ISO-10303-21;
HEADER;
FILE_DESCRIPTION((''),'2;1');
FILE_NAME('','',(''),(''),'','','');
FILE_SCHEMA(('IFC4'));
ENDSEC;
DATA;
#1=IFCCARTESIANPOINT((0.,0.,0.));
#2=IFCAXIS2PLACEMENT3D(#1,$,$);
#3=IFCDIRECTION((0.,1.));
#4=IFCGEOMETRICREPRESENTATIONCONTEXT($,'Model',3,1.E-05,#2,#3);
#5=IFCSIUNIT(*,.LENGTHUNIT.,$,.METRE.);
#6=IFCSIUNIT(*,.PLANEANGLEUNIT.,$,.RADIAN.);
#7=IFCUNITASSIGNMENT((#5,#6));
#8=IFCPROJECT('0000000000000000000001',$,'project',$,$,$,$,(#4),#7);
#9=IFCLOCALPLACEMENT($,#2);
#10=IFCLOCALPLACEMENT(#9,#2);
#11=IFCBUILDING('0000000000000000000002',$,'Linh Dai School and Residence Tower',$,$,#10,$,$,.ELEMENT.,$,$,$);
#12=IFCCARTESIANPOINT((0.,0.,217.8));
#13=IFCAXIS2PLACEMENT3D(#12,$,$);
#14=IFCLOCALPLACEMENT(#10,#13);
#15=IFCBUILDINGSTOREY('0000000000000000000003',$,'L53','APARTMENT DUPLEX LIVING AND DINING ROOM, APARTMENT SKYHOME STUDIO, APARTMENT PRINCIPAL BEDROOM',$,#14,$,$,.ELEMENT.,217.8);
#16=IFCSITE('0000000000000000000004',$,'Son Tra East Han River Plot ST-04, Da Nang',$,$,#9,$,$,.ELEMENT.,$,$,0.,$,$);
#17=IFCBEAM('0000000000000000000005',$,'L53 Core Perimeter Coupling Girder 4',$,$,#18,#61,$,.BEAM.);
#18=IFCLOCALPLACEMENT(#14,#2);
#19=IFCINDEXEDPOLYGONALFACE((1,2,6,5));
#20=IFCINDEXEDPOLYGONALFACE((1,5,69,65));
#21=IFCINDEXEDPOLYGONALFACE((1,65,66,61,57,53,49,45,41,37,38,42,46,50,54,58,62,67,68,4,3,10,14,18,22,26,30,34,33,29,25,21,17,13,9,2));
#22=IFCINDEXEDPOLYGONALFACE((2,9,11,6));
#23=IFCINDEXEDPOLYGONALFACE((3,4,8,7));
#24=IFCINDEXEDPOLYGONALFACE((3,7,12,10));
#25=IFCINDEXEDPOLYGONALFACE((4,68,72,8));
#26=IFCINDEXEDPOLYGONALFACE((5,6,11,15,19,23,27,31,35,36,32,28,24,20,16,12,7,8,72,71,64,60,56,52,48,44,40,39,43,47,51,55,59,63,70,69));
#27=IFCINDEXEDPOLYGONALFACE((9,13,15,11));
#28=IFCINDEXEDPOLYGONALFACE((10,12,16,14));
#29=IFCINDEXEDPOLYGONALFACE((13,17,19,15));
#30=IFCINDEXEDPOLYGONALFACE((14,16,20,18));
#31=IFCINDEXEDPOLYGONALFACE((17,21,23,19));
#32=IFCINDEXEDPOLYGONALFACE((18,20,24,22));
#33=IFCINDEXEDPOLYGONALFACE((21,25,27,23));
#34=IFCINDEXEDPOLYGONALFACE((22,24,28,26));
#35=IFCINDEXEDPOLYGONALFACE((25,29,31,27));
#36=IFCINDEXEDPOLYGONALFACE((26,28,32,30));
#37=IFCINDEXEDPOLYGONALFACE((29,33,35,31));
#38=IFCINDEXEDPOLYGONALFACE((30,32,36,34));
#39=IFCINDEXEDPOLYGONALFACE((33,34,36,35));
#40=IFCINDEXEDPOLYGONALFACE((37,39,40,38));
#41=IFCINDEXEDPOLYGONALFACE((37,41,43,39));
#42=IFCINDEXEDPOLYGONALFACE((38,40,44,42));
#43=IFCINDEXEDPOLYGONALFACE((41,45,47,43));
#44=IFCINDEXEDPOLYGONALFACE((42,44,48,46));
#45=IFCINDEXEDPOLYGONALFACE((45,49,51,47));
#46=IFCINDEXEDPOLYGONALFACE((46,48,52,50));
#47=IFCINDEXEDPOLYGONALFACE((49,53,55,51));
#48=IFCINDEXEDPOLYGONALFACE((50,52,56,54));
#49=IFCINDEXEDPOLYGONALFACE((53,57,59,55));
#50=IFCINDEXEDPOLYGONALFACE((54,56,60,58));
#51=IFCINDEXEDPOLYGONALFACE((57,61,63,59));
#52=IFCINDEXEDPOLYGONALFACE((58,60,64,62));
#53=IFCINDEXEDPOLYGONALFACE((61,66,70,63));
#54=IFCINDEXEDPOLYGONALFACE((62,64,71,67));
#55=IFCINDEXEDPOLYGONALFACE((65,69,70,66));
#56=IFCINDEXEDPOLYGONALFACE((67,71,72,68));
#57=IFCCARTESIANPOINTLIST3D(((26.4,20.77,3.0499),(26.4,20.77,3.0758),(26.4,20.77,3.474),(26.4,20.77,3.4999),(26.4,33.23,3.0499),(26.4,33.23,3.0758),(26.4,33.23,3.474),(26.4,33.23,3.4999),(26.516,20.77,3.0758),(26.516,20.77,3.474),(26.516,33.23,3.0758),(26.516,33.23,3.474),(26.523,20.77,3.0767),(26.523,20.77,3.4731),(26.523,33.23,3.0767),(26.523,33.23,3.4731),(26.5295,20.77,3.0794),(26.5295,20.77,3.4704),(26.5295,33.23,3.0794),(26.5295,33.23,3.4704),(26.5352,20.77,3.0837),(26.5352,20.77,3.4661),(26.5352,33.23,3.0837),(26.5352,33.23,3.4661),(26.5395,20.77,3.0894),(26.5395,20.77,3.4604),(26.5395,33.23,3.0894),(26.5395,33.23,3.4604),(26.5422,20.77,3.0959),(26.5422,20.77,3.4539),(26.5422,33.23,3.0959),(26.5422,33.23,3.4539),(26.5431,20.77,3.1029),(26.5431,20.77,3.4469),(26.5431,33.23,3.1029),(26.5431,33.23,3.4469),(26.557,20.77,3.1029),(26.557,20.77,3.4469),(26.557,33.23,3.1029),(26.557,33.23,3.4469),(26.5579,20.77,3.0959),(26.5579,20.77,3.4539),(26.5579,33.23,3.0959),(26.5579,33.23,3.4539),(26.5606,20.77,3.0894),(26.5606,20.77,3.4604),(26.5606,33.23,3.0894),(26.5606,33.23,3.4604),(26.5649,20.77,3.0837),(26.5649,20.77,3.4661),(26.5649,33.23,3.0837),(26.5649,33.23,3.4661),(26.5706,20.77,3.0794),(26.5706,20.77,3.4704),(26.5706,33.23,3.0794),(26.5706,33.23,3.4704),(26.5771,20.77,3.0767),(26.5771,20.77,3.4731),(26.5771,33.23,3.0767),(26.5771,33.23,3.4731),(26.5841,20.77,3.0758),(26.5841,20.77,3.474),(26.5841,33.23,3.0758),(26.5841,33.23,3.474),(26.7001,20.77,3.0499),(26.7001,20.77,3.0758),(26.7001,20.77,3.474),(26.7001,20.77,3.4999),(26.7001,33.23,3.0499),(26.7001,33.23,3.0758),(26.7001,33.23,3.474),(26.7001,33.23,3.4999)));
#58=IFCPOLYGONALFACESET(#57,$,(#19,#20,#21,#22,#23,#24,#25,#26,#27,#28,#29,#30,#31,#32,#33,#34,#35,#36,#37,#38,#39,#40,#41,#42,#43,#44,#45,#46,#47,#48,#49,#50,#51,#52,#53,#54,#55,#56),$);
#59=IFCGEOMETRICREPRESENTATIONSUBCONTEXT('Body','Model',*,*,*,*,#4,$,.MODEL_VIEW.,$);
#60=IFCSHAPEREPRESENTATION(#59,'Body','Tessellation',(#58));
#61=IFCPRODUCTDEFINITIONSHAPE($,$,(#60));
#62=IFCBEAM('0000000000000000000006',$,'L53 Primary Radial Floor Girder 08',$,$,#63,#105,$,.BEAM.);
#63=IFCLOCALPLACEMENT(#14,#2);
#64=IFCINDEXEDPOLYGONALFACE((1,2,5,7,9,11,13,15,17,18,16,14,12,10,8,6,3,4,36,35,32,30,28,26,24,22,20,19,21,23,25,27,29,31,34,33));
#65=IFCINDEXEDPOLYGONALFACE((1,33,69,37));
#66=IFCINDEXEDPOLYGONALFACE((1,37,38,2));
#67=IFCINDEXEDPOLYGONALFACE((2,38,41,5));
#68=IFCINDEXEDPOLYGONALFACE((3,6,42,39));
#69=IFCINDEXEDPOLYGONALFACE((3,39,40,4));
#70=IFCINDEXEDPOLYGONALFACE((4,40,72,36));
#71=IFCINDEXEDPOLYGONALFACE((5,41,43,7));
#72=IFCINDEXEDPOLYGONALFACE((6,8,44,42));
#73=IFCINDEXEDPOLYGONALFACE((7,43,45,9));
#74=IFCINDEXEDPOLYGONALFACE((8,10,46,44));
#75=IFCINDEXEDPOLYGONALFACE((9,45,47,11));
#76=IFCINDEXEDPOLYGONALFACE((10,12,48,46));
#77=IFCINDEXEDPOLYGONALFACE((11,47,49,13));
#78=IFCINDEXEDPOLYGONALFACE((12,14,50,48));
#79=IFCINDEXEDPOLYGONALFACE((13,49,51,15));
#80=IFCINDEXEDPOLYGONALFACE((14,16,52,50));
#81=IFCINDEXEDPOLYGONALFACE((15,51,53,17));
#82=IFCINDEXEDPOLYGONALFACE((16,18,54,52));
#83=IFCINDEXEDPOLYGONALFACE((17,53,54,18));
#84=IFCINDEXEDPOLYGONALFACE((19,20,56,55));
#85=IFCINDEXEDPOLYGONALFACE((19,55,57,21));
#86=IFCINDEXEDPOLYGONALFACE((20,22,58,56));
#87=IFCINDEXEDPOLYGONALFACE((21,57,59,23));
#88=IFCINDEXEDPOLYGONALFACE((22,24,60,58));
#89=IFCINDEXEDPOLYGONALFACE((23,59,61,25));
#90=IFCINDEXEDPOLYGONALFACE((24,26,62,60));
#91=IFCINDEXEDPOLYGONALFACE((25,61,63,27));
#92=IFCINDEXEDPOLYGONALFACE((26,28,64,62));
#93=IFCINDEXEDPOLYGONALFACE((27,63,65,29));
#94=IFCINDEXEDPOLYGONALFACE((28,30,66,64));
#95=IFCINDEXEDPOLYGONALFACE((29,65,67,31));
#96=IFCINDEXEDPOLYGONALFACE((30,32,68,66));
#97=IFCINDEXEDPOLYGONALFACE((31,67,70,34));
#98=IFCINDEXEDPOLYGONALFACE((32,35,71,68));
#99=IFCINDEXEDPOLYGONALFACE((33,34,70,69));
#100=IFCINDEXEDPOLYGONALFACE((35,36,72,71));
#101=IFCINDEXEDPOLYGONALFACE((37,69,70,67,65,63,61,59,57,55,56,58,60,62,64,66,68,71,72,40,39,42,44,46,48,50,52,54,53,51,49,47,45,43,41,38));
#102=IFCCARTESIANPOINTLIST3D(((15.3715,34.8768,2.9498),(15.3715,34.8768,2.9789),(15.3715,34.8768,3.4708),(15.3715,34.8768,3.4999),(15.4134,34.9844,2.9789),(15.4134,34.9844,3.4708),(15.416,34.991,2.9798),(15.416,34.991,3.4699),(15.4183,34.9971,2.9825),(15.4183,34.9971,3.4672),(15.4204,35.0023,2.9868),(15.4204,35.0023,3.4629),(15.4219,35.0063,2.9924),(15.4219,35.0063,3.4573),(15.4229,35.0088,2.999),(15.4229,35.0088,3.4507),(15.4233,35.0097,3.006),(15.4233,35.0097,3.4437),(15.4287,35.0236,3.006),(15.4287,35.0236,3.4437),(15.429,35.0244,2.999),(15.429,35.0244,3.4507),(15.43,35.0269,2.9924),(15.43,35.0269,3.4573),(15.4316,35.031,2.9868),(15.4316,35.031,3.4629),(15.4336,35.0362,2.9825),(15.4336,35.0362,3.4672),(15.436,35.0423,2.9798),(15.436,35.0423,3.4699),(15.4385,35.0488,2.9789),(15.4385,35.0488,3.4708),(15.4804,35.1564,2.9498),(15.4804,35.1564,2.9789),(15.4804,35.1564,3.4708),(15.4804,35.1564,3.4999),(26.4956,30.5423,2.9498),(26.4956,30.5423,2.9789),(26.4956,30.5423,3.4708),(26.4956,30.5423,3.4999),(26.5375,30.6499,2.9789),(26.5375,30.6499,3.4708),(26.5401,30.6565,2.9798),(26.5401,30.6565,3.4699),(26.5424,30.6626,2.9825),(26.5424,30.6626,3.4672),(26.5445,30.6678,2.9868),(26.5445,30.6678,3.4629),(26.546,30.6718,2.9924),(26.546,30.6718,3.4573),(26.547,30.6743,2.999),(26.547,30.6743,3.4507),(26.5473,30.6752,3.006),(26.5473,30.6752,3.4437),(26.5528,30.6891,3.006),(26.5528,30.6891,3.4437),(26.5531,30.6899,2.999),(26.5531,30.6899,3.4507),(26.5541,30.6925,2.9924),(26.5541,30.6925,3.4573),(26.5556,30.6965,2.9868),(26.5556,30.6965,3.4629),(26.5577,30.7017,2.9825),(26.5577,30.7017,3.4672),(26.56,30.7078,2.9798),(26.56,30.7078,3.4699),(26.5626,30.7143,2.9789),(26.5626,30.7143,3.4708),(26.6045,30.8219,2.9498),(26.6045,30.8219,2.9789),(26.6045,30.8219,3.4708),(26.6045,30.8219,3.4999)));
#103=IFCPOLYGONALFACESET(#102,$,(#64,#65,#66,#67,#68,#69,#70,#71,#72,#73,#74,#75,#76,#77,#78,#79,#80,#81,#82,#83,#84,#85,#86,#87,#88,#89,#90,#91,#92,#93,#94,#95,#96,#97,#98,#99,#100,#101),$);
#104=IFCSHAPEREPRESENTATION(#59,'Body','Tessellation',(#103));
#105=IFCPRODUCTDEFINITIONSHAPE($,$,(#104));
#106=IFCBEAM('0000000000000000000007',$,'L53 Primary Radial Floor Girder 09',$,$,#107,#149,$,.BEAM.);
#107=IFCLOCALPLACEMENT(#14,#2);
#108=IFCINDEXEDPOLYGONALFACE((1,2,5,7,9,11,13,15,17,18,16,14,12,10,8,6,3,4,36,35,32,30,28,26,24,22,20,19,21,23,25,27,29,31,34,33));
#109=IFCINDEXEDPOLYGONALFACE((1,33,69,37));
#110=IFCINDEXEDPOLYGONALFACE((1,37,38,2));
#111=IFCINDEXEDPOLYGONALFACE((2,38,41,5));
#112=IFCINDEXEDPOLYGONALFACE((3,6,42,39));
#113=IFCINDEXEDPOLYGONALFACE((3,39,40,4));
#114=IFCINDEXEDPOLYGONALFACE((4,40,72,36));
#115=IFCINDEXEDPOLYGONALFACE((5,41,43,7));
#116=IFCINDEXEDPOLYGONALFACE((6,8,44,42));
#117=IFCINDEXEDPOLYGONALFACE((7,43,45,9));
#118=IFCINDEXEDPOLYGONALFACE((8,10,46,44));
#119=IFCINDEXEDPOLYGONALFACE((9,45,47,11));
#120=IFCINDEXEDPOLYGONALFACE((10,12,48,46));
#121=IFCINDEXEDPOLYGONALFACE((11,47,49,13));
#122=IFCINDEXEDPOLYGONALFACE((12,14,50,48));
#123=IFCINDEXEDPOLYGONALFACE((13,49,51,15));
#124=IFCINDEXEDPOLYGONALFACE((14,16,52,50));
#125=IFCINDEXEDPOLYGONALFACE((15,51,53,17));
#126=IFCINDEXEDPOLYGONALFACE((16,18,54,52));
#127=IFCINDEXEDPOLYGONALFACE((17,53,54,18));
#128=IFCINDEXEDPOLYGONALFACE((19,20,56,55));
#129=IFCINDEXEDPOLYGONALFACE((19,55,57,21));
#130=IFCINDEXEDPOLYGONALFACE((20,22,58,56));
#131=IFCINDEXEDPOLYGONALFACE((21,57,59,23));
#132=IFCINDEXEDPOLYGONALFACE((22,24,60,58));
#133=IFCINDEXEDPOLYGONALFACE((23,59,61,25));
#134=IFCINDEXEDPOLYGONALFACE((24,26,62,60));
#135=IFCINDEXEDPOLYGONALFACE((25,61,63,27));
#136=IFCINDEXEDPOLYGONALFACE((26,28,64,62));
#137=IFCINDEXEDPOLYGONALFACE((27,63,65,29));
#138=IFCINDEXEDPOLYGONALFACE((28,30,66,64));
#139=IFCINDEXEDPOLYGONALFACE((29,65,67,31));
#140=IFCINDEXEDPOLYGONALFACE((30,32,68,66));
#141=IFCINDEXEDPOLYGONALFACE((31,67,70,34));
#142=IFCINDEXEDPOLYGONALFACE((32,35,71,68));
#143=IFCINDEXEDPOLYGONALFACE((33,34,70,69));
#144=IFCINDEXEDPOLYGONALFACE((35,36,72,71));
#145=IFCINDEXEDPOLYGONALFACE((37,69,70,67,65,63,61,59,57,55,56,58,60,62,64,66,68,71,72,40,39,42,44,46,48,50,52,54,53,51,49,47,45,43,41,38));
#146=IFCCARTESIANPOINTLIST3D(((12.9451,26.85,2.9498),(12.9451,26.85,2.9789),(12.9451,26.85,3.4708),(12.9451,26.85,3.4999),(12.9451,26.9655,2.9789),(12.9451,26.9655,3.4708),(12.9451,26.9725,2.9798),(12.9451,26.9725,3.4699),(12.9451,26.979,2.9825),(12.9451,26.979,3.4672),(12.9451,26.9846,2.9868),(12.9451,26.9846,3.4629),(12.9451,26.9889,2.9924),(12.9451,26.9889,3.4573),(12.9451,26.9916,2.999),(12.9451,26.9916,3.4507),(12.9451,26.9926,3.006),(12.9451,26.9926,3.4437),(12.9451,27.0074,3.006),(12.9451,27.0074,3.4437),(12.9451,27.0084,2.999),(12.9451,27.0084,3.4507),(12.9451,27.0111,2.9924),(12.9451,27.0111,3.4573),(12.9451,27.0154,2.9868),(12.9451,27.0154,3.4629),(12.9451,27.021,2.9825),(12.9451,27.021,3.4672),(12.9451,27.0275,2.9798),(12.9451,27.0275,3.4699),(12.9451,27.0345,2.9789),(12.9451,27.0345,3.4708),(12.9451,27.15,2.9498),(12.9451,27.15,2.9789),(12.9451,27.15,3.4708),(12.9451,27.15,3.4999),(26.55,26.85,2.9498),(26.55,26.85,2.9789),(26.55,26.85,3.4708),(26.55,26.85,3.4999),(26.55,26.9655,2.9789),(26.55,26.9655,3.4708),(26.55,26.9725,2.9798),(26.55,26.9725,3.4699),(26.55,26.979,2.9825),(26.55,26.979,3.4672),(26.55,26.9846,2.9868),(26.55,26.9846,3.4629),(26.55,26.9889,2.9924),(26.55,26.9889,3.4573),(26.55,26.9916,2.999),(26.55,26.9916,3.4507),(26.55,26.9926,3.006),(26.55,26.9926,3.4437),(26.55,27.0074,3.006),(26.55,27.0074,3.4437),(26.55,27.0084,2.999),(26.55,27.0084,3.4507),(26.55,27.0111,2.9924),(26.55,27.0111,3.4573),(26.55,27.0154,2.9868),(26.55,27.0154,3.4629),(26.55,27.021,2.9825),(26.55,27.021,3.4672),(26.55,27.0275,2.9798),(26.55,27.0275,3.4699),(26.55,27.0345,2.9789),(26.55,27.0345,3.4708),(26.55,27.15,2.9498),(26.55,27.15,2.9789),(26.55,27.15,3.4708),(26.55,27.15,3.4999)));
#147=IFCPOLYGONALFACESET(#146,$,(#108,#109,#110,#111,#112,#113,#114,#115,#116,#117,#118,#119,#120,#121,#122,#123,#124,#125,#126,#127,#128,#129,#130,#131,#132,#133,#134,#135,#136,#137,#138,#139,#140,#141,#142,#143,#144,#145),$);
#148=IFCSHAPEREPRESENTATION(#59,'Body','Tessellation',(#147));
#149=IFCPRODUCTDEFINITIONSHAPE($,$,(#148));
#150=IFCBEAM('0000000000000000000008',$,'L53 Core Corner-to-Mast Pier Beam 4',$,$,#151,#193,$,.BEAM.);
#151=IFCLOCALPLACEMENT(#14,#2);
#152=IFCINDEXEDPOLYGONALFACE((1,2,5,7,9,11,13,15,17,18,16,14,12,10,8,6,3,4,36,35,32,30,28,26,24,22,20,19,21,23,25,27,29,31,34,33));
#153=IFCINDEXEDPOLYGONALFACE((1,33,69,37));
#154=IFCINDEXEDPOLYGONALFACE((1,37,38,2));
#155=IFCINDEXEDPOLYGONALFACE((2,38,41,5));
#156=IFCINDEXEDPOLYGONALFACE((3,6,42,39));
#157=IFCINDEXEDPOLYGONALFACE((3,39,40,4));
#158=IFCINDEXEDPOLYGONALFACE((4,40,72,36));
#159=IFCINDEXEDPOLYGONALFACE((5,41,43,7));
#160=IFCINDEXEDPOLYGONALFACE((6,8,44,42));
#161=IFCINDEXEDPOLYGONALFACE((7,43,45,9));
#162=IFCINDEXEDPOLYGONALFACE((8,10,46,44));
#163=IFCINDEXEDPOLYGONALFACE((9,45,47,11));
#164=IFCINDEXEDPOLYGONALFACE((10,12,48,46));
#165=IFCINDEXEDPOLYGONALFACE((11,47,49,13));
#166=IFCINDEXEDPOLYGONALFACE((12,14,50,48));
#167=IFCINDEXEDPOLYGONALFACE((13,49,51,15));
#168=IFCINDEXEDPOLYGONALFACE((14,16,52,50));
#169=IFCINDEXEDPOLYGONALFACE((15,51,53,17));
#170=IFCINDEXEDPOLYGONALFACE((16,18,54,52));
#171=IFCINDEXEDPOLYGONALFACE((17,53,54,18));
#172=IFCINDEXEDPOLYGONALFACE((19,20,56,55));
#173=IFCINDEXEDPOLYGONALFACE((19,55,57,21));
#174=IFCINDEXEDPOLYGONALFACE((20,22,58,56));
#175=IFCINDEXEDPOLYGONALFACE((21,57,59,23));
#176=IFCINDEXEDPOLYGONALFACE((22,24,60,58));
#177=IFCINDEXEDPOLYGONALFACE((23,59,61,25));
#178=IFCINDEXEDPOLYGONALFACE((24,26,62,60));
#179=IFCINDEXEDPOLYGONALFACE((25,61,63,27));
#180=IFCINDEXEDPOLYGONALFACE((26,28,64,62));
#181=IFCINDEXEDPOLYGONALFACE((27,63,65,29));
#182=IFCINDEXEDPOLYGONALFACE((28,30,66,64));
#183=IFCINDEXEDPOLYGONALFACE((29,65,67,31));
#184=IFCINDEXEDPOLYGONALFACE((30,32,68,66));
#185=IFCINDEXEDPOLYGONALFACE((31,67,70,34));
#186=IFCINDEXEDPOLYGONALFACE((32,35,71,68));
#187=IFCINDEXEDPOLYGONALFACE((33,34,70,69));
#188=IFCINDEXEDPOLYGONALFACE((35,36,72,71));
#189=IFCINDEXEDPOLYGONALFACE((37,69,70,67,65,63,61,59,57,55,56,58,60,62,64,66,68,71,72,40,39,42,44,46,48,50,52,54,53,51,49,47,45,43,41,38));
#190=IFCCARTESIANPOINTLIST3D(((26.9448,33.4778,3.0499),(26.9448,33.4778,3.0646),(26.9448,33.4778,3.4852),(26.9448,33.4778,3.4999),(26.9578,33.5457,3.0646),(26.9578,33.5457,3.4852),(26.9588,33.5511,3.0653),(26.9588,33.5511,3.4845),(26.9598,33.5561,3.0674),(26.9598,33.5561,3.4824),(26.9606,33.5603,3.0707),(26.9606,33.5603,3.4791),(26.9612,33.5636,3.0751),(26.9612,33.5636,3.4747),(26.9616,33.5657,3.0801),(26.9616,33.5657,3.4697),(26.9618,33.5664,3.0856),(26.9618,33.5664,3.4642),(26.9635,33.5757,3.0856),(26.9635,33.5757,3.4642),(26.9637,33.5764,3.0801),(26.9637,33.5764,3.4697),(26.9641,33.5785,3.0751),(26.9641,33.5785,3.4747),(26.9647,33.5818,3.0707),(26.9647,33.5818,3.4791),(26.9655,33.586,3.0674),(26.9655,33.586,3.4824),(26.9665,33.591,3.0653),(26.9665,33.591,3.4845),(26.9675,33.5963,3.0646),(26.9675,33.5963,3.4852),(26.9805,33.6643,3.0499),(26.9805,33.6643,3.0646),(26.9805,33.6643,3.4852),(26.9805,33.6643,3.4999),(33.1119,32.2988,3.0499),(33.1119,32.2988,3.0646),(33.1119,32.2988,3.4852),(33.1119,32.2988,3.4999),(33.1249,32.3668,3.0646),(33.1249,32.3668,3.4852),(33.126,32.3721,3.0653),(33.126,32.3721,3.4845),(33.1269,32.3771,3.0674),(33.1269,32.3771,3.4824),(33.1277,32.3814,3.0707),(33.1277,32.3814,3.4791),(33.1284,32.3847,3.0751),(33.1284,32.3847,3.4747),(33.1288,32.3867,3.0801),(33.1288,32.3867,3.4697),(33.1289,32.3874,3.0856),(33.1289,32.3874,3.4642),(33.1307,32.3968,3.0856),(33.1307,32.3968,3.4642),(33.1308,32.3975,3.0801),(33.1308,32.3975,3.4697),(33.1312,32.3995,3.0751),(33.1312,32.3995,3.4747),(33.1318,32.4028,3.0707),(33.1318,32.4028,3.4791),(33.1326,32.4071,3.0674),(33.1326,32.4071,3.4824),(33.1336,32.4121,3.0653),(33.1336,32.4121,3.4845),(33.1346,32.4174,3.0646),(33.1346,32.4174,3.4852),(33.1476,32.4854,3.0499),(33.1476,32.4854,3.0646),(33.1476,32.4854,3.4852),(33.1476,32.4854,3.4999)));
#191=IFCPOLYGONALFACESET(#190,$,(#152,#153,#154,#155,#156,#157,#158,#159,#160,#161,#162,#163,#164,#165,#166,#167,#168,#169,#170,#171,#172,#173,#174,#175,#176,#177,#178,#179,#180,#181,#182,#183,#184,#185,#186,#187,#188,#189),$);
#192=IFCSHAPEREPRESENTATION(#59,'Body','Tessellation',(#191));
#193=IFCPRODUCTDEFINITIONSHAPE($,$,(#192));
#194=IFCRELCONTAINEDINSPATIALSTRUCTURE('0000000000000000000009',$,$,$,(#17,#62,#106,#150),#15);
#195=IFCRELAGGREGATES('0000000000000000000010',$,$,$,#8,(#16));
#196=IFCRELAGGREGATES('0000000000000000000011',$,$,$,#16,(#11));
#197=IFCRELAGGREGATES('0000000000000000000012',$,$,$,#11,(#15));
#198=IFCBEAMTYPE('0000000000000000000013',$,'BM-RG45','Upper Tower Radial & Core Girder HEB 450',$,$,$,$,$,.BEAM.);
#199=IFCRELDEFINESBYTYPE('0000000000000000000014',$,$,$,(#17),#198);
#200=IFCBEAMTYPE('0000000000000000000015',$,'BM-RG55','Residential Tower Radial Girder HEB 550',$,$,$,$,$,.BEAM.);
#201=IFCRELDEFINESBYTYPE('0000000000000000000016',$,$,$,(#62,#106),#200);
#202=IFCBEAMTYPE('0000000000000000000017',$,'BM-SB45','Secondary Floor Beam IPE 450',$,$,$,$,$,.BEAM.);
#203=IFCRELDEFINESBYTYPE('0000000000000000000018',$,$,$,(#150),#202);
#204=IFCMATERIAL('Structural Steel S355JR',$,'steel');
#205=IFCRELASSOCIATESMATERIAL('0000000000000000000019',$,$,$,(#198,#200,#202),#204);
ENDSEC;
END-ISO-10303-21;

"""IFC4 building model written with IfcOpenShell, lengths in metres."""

from ifc_helpers import new_model, si_unit, direction, frame, origin, origin_2d, place, context, subcontext, project, spatial, i_section, extrude, material, material_profile, profile_set, type_object, element, save


model = new_model("IFC4")

# Units and contexts
model_context = context("Model", 3, precision=1e-05, world=origin(), true_north=direction((0.0, 1.0)))
body_context = subcontext(model_context, "Body", "Model", "MODEL_VIEW")
ifc_project = project(units=[si_unit("LENGTHUNIT", "METRE"), si_unit("PLANEANGLEUNIT", "RADIAN")], contexts=[model_context])

# Site, building, storey
site_placement = place(None, origin())
site = spatial("IfcSite", under=ifc_project, at=site_placement, Name="Son Tra East Han River Plot ST-04, Da Nang", CompositionType="ELEMENT", RefElevation=0.0)
building_placement = place(site_placement, origin())
building = spatial("IfcBuilding", under=site, at=building_placement, Name="Linh Dai School and Residence Tower", CompositionType="ELEMENT")
storey_placement = place(building_placement, frame((0.0, 0.0, 217.8)))
storey = spatial("IfcBuildingStorey", under=building, at=storey_placement, Name="L53", Description="APARTMENT DUPLEX LIVING AND DINING ROOM, APARTMENT SKYHOME STUDIO, APARTMENT PRINCIPAL BEDROOM", CompositionType="ELEMENT", Elevation=217.8)

# Shared definitions
ifc_material_1 = material(Name="Structural Steel S355JR", Category="steel")

# Beams
ifc_material_profile_1 = material_profile(ifc_material_1, i_section(OverallWidth=0.3, OverallDepth=0.45, WebThickness=0.0139, FlangeThickness=0.0259, FilletRadius=0.0271, at=origin_2d()), Name="HEB 450")
ifc_profile_set_1 = profile_set([ifc_material_profile_1], Name="Structural Steel S355JR")
beam_type_1 = type_object("IfcBeamType", Name="BM-RG45", Description="Upper Tower Radial & Core Girder HEB 450", PredefinedType="BEAM", material=ifc_profile_set_1)
beam_1_placement = place(storey_placement, frame((26.55, 33.23, 3.2749), z_axis=(0.0, -1.0, 0.0), x_axis=(1.0, 0.0, 0.0)))
element("IfcBeam", 1, at=beam_1_placement, inside=storey, type_object=beam_type_1, Name="L53 Core Perimeter Coupling Girder 4", PredefinedType="BEAM", context=body_context, shape_type="SweptSolid", body=[
    extrude(i_section(OverallWidth=0.3, OverallDepth=0.45, WebThickness=0.0139, FlangeThickness=0.0259, FilletRadius=0.0271, at=origin_2d()), origin(), (0.0, 0.0, 1.0), 12.46),
])
ifc_material_profile_2 = material_profile(ifc_material_1, i_section(OverallWidth=0.3, OverallDepth=0.55, WebThickness=0.0149, FlangeThickness=0.0291, FilletRadius=0.0271, at=origin_2d()), Name="HEB 550")
ifc_profile_set_2 = profile_set([ifc_material_profile_2], Name="Structural Steel S355JR")
beam_type_2 = type_object("IfcBeamType", Name="BM-RG55", Description="Residential Tower Radial Girder HEB 550", PredefinedType="BEAM", material=ifc_profile_set_2)
beam_2_placement = place(storey_placement, frame((26.55, 30.6821, 3.2249), z_axis=(-0.931765, 0.363062, 0.0), x_axis=(-0.363062, -0.931765, 0.0)))
element("IfcBeam", 2, at=beam_2_placement, inside=storey, type_object=beam_type_2, Name="L53 Primary Radial Floor Girder 08", PredefinedType="BEAM", context=body_context, shape_type="SweptSolid", body=[
    extrude(i_section(OverallWidth=0.3, OverallDepth=0.55, WebThickness=0.0149, FlangeThickness=0.0291, FilletRadius=0.0271, at=origin_2d()), origin(), (0.0, 0.0, 1.0), 11.9387),
])
beam_3_placement = place(storey_placement, frame((26.55, 27.0, 3.2249), z_axis=(-1.0, 0.0, 0.0), x_axis=(0.0, -1.0, 0.0)))
element("IfcBeam", 3, at=beam_3_placement, inside=storey, type_object=beam_type_2, Name="L53 Primary Radial Floor Girder 09", PredefinedType="BEAM", context=body_context, shape_type="SweptSolid", body=[
    extrude(i_section(OverallWidth=0.3, OverallDepth=0.55, WebThickness=0.0149, FlangeThickness=0.0291, FilletRadius=0.0271, at=origin_2d()), origin(), (0.0, 0.0, 1.0), 13.605),
])
ifc_material_profile_3 = material_profile(ifc_material_1, i_section(OverallWidth=0.1899, OverallDepth=0.45, WebThickness=0.0095, FlangeThickness=0.0146, FilletRadius=0.021, at=origin_2d()), Name="IPE 450")
ifc_profile_set_3 = profile_set([ifc_material_profile_3], Name="Structural Steel S355JR")
beam_type_3 = type_object("IfcBeamType", Name="BM-SB45", Description="Secondary Floor Beam IPE 450", PredefinedType="BEAM", material=ifc_profile_set_3)
beam_4_placement = place(storey_placement, frame((26.9626, 33.571, 3.2749), z_axis=(0.982214, -0.187764, 0.0), x_axis=(0.187764, 0.982214, 0.0)))
element("IfcBeam", 4, at=beam_4_placement, inside=storey, type_object=beam_type_3, Name="L53 Core Corner-to-Mast Pier Beam 4", PredefinedType="BEAM", context=body_context, shape_type="SweptSolid", body=[
    extrude(i_section(OverallWidth=0.1899, OverallDepth=0.45, WebThickness=0.0095, FlangeThickness=0.0146, FilletRadius=0.021, at=origin_2d()), origin(), (0.0, 0.0, 1.0), 6.2788),
])

save(model, "model.ifc")
